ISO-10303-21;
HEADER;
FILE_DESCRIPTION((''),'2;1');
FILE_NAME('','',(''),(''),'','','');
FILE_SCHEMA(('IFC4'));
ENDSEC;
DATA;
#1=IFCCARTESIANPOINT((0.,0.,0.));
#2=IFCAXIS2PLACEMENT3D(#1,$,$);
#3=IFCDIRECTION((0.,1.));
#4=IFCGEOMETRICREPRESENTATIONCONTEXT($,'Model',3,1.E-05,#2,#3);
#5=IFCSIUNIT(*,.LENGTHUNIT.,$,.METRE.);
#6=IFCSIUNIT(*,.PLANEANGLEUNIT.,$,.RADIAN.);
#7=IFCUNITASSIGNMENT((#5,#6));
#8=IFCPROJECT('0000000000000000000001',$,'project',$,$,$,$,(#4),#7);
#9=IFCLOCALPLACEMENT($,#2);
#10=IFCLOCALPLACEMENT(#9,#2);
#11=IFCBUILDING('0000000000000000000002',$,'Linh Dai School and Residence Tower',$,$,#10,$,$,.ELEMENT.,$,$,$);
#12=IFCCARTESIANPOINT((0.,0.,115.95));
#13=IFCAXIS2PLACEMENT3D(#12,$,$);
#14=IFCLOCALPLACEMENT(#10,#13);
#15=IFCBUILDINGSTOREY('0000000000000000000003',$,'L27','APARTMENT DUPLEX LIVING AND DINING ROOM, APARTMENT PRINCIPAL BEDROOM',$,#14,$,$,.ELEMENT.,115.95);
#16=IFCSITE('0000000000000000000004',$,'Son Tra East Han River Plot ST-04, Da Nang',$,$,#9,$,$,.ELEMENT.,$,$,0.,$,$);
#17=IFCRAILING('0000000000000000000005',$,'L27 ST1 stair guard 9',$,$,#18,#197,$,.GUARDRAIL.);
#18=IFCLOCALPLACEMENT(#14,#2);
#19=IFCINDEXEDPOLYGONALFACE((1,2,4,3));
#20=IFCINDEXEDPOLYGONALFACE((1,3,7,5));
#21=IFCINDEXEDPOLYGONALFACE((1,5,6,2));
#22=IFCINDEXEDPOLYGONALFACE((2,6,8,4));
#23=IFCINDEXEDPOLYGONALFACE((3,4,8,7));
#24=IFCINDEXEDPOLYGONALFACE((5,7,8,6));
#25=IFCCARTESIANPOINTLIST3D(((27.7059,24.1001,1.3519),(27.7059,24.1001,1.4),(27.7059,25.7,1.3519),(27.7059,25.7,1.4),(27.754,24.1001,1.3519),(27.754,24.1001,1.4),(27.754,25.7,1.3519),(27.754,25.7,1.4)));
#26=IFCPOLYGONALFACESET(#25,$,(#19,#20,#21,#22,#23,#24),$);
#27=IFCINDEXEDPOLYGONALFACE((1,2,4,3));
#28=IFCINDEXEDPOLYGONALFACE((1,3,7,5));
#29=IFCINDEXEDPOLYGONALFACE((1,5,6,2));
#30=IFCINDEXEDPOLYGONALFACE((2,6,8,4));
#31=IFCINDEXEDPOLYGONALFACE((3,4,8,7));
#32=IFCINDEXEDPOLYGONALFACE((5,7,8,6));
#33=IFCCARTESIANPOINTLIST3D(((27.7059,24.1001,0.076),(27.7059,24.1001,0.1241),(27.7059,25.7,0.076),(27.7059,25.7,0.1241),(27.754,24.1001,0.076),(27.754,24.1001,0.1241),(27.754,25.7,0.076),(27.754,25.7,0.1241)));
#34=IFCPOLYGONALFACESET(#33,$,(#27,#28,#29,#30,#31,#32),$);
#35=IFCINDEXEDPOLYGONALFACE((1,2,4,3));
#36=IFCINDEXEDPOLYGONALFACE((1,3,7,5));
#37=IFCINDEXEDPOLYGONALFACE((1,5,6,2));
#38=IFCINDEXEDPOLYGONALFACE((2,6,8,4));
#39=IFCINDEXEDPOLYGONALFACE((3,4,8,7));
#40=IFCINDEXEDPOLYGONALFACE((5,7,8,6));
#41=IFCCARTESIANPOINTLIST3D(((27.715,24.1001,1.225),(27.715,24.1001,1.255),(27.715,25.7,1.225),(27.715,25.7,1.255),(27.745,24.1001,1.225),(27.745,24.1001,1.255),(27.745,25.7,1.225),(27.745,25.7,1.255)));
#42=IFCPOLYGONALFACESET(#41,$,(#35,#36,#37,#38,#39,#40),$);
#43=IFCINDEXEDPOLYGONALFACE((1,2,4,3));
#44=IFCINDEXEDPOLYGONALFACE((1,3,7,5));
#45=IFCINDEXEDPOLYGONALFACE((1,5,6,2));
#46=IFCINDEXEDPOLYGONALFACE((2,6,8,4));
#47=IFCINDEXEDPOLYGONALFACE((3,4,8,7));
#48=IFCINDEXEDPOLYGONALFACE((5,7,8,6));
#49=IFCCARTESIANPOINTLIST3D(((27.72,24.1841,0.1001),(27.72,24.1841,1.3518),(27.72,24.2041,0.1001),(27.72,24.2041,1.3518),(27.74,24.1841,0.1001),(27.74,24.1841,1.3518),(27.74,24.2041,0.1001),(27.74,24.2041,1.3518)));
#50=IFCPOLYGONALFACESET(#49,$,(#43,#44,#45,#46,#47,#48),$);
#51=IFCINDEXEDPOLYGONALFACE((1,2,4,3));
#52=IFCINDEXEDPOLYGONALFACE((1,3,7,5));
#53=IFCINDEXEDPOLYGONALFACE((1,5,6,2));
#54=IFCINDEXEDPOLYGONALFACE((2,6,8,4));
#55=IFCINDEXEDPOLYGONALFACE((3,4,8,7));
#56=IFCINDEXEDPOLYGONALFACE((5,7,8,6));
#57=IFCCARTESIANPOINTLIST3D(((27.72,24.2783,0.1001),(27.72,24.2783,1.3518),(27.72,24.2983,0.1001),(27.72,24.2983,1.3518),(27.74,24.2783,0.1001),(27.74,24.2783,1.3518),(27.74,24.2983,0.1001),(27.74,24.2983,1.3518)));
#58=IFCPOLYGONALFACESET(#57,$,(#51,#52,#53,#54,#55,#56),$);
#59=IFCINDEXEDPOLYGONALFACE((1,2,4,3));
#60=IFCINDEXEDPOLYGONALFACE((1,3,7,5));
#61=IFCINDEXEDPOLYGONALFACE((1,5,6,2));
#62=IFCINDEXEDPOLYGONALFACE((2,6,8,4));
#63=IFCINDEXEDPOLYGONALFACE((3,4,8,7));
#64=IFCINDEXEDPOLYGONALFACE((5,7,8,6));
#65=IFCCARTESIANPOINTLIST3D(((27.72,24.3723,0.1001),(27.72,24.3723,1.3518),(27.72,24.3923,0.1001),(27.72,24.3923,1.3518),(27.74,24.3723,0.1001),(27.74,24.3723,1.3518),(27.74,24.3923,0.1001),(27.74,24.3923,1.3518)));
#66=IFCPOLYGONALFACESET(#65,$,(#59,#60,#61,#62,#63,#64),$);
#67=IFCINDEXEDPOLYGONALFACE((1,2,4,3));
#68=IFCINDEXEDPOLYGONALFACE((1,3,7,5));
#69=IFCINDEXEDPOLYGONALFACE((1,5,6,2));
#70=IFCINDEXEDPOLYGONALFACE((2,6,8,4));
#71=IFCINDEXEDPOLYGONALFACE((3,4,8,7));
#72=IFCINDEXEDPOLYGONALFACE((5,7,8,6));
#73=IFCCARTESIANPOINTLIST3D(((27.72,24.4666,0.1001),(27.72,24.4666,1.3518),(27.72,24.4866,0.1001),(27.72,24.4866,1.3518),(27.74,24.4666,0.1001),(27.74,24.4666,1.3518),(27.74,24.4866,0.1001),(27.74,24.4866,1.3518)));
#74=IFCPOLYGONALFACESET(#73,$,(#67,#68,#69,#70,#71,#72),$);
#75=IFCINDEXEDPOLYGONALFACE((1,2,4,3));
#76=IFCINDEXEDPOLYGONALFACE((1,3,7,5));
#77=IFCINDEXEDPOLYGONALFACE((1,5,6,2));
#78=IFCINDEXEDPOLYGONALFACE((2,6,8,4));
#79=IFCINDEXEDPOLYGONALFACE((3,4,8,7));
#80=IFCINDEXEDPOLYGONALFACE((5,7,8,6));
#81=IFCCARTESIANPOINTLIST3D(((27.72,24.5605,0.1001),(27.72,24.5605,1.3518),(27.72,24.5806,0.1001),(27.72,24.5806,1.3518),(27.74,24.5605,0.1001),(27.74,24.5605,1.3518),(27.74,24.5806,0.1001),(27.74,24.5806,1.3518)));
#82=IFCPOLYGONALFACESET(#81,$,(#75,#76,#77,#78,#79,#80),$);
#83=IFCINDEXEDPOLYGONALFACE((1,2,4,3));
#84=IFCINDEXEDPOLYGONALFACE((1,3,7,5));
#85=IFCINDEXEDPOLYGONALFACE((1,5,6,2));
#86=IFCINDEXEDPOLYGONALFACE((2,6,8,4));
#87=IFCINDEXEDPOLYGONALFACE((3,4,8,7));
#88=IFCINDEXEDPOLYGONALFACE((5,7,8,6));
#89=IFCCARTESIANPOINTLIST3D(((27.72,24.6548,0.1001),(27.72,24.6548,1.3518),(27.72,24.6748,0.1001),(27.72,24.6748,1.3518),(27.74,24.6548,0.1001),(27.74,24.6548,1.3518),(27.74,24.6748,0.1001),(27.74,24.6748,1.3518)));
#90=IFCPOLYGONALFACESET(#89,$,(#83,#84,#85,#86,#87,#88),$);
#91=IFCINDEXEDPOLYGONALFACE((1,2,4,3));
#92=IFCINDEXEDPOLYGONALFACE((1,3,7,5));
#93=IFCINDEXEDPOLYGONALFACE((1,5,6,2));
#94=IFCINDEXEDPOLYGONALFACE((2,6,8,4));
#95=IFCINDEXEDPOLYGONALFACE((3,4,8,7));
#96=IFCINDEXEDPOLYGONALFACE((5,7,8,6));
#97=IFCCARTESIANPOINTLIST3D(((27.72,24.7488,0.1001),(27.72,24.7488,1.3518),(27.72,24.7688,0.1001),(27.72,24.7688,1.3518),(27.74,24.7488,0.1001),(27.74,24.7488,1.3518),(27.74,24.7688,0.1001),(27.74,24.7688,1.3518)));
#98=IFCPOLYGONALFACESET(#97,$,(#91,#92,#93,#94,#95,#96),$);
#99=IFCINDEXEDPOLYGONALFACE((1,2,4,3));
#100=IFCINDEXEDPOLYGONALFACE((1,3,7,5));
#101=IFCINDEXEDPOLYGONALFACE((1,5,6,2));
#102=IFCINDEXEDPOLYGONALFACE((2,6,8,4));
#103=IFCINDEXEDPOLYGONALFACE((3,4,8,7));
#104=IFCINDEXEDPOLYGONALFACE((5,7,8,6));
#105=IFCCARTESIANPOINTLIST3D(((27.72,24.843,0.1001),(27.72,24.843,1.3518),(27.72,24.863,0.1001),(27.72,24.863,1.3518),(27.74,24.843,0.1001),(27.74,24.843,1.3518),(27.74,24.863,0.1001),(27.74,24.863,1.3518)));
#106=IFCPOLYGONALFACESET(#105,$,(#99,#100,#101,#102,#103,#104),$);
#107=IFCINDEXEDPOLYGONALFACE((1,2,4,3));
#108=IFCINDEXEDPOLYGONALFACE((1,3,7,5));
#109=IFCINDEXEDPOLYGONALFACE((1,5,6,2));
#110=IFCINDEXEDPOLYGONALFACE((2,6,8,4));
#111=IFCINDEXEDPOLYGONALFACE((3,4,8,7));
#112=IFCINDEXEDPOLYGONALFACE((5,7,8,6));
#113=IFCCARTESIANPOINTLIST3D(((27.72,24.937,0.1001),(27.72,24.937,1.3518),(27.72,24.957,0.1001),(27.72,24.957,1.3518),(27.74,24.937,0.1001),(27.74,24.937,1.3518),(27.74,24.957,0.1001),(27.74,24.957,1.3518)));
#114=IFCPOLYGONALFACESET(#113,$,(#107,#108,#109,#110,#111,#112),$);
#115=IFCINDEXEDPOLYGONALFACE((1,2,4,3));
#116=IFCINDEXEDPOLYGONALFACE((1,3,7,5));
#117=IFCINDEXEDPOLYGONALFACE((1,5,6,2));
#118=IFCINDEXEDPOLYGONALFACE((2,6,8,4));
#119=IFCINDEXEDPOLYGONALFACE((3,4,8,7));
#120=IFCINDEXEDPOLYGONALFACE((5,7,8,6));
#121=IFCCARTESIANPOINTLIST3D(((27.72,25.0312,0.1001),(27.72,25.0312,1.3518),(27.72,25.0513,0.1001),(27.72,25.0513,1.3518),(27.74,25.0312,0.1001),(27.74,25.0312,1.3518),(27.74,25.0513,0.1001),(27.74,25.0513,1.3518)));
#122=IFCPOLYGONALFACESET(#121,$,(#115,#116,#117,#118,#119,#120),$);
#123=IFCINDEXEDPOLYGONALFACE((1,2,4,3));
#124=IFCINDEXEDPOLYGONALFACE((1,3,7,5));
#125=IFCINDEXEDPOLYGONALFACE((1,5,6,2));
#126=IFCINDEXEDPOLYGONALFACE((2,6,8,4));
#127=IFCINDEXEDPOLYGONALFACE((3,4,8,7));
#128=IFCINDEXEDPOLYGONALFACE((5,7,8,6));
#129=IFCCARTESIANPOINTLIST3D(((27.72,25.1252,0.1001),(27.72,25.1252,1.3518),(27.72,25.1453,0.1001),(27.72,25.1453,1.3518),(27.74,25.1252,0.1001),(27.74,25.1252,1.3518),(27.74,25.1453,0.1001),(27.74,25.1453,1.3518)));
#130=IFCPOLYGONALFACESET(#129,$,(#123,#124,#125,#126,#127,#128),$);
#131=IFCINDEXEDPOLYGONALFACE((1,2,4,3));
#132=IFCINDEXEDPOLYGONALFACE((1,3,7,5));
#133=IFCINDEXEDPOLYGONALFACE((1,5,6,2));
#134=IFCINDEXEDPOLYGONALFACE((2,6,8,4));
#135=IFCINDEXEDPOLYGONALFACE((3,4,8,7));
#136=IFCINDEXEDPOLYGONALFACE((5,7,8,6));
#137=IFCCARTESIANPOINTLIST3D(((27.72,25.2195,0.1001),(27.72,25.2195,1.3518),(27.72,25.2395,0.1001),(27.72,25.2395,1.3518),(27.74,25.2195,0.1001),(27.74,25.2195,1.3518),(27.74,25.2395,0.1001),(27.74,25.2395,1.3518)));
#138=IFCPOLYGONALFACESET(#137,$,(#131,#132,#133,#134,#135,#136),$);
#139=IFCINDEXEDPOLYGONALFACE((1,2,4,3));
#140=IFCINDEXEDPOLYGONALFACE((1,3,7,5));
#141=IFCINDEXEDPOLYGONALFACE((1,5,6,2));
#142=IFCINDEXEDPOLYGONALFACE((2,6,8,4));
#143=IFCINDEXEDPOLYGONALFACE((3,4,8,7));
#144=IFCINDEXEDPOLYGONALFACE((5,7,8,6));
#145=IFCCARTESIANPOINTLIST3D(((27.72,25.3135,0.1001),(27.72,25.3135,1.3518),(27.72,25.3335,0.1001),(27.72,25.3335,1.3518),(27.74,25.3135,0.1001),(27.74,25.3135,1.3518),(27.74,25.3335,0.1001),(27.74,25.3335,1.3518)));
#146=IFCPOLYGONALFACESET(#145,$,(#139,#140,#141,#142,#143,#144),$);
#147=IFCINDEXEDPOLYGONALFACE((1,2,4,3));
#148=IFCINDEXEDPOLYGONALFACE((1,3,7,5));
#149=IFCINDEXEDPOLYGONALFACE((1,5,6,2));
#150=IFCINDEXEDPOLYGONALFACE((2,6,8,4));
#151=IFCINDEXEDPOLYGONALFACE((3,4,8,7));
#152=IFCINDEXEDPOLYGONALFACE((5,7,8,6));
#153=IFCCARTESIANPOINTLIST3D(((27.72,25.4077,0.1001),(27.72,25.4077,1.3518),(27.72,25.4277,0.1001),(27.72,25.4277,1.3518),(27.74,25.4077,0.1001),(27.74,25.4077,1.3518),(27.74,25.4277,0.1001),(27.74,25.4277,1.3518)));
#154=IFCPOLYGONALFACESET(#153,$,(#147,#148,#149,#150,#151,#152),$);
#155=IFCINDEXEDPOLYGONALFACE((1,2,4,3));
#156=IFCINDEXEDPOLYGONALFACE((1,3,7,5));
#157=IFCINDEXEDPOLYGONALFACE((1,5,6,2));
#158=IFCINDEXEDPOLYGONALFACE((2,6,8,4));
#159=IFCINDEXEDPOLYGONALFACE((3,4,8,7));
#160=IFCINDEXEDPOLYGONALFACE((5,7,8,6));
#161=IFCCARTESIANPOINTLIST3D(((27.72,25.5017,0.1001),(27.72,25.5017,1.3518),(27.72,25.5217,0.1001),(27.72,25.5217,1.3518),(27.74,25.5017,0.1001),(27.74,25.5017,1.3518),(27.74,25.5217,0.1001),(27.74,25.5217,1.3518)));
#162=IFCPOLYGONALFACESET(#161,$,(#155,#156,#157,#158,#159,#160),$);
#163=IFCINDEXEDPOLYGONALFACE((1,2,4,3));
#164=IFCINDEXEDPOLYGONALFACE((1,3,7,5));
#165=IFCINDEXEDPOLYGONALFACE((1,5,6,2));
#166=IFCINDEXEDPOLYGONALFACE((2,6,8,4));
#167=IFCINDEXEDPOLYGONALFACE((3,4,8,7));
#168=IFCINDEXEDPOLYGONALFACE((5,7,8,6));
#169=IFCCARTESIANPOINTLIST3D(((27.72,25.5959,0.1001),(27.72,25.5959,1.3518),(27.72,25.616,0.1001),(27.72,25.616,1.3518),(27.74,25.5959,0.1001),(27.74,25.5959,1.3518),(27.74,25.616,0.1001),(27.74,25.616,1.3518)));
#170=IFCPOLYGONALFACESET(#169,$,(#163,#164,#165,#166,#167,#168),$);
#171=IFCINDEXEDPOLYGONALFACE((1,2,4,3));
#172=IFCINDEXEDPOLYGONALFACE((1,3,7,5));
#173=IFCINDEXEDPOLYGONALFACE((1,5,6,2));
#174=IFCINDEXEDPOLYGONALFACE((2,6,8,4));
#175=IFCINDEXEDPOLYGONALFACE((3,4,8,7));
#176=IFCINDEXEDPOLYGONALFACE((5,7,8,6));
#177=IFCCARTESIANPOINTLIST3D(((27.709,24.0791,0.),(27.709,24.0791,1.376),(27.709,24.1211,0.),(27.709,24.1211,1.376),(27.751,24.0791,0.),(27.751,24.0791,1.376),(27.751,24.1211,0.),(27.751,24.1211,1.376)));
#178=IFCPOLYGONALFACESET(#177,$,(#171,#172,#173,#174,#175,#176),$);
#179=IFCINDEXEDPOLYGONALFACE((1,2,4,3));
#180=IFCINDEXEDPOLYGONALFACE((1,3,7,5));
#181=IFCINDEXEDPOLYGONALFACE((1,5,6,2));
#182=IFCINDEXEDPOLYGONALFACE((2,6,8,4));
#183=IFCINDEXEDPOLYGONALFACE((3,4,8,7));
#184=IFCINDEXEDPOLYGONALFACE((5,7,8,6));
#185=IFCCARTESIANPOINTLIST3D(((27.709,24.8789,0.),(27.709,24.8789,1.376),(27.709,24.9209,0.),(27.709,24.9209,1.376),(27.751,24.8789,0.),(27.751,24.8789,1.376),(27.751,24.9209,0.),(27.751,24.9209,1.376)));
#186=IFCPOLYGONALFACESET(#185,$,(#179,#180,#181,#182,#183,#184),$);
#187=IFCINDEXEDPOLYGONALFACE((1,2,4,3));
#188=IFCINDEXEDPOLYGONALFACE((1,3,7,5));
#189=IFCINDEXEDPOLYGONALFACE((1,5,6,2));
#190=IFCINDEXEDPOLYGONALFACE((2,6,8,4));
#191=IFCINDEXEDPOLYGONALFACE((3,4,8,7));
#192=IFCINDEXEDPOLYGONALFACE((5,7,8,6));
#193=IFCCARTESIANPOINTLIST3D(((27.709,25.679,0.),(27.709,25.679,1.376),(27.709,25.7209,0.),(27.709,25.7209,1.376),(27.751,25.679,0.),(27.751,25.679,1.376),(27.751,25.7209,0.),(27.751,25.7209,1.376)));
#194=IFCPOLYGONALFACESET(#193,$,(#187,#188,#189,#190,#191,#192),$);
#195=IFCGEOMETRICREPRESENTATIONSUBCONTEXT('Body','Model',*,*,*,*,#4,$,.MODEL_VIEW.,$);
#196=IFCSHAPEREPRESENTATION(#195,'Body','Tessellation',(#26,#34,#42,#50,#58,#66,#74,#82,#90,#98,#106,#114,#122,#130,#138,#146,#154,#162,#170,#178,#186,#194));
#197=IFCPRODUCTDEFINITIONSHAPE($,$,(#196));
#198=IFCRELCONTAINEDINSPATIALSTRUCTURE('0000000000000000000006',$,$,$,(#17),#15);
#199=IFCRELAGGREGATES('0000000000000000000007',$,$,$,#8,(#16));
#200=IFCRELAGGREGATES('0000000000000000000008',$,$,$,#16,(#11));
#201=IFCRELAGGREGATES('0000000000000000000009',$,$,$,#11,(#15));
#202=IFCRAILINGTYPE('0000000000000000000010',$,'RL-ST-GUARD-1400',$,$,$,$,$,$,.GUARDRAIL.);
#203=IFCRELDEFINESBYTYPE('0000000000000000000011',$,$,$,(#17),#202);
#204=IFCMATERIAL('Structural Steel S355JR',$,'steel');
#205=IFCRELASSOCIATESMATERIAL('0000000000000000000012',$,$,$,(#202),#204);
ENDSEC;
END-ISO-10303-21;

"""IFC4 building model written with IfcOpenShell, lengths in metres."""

from ifc_helpers import new_model, si_unit, direction, frame, origin, origin_2d, place, context, subcontext, project, spatial, rectangle, extrude, source, transform, mapped, material, type_object, element, save


model = new_model("IFC4")

# Units and contexts
model_context = context("Model", 3, precision=1e-05, world=origin(), true_north=direction((0.0, 1.0)))
body_context = subcontext(model_context, "Body", "Model", "MODEL_VIEW")
ifc_project = project(units=[si_unit("LENGTHUNIT", "METRE"), si_unit("PLANEANGLEUNIT", "RADIAN")], contexts=[model_context])

# Site, building, storey
site_placement = place(None, origin())
site = spatial("IfcSite", under=ifc_project, at=site_placement, Name="Son Tra East Han River Plot ST-04, Da Nang", CompositionType="ELEMENT", RefElevation=0.0)
building_placement = place(site_placement, origin())
building = spatial("IfcBuilding", under=site, at=building_placement, Name="Linh Dai School and Residence Tower", CompositionType="ELEMENT")
storey_placement = place(building_placement, frame((0.0, 0.0, 115.95)))
storey = spatial("IfcBuildingStorey", under=building, at=storey_placement, Name="L27", Description="APARTMENT DUPLEX LIVING AND DINING ROOM, APARTMENT PRINCIPAL BEDROOM", CompositionType="ELEMENT", Elevation=115.95)

# Shared definitions
ifc_material_1 = material(Name="Structural Steel S355JR", Category="steel")

# Railing
railing_type_1 = type_object("IfcRailingType", Name="RL-ST-GUARD-1400", PredefinedType="GUARDRAIL", material=ifc_material_1)
shared_shape_1 = source(origin(), body_context, "Body", "SweptSolid", [
    extrude(rectangle(XDim=0.0481, YDim=0.0481, at=origin_2d()), frame((0.0, 0.0, 1.376), z_axis=(0.0, 1.0, 0.0), x_axis=(-1.0, 0.0, 0.0)), (0.0, 0.0, 1.0), 1.5999),
    extrude(rectangle(XDim=0.0481, YDim=0.0481, at=origin_2d()), frame((0.0, 0.0, 0.1001), z_axis=(0.0, 1.0, 0.0), x_axis=(-1.0, 0.0, 0.0)), (0.0, 0.0, 1.0), 1.5999),
    extrude(rectangle(XDim=0.03, YDim=0.03, at=origin_2d()), frame((0.0, 0.0, 1.24), z_axis=(0.0, 1.0, 0.0), x_axis=(-1.0, 0.0, 0.0)), (0.0, 0.0, 1.0), 1.5999),
    extrude(rectangle(XDim=0.02, YDim=0.02, at=origin_2d()), frame((0.0, 0.094, 0.1001)), (0.0, 0.0, 1.0), 1.2517),
    extrude(rectangle(XDim=0.02, YDim=0.02, at=origin_2d()), frame((0.0, 0.1882, 0.1001)), (0.0, 0.0, 1.0), 1.2517),
    extrude(rectangle(XDim=0.02, YDim=0.02, at=origin_2d()), frame((0.0, 0.2822, 0.1001)), (0.0, 0.0, 1.0), 1.2517),
    extrude(rectangle(XDim=0.02, YDim=0.02, at=origin_2d()), frame((0.0, 0.3765, 0.1001)), (0.0, 0.0, 1.0), 1.2517),
    extrude(rectangle(XDim=0.02, YDim=0.02, at=origin_2d()), frame((0.0, 0.4705, 0.1001)), (0.0, 0.0, 1.0), 1.2517),
    extrude(rectangle(XDim=0.02, YDim=0.02, at=origin_2d()), frame((0.0, 0.5647, 0.1001)), (0.0, 0.0, 1.0), 1.2517),
    extrude(rectangle(XDim=0.02, YDim=0.02, at=origin_2d()), frame((0.0, 0.6587, 0.1001)), (0.0, 0.0, 1.0), 1.2517),
    extrude(rectangle(XDim=0.02, YDim=0.02, at=origin_2d()), frame((0.0, 0.7529, 0.1001)), (0.0, 0.0, 1.0), 1.2517),
    extrude(rectangle(XDim=0.02, YDim=0.02, at=origin_2d()), frame((0.0, 0.8469, 0.1001)), (0.0, 0.0, 1.0), 1.2517),
    extrude(rectangle(XDim=0.02, YDim=0.02, at=origin_2d()), frame((0.0, 0.9412, 0.1001)), (0.0, 0.0, 1.0), 1.2517),
    extrude(rectangle(XDim=0.02, YDim=0.02, at=origin_2d()), frame((0.0, 1.0352, 0.1001)), (0.0, 0.0, 1.0), 1.2517),
    extrude(rectangle(XDim=0.02, YDim=0.02, at=origin_2d()), frame((0.0, 1.1294, 0.1001)), (0.0, 0.0, 1.0), 1.2517),
    extrude(rectangle(XDim=0.02, YDim=0.02, at=origin_2d()), frame((0.0, 1.2234, 0.1001)), (0.0, 0.0, 1.0), 1.2517),
    extrude(rectangle(XDim=0.02, YDim=0.02, at=origin_2d()), frame((0.0, 1.3176, 0.1001)), (0.0, 0.0, 1.0), 1.2517),
    extrude(rectangle(XDim=0.02, YDim=0.02, at=origin_2d()), frame((0.0, 1.4116, 0.1001)), (0.0, 0.0, 1.0), 1.2517),
    extrude(rectangle(XDim=0.02, YDim=0.02, at=origin_2d()), frame((0.0, 1.5059, 0.1001)), (0.0, 0.0, 1.0), 1.2517),
    extrude(rectangle(XDim=0.042, YDim=0.042, at=origin_2d()), origin(), (0.0, 0.0, 1.0), 1.376),
    extrude(rectangle(XDim=0.042, YDim=0.042, at=origin_2d()), frame((0.0, 0.7998, 0.0)), (0.0, 0.0, 1.0), 1.376),
    extrude(rectangle(XDim=0.042, YDim=0.042, at=origin_2d()), frame((0.0, 1.5999, 0.0)), (0.0, 0.0, 1.0), 1.376),
])
for number, where, name in (
    (1, (27.73, 24.1001, 0.0), "L27 ST1 stair guard 9"),
):
    element("IfcRailing", number, at=place(storey_placement, frame(where)), inside=storey, type_object=railing_type_1, Name=name, PredefinedType="GUARDRAIL", context=body_context, shape_type="MappedRepresentation", body=[
        mapped(shared_shape_1, transform((0.0, 0.0, 0.0), x_axis=(1.0, 0.0, 0.0), y_axis=(0.0, 1.0, 0.0), z_axis=(0.0, 0.0, 1.0), scale=1.0)),
    ])

save(model, "model.ifc")
